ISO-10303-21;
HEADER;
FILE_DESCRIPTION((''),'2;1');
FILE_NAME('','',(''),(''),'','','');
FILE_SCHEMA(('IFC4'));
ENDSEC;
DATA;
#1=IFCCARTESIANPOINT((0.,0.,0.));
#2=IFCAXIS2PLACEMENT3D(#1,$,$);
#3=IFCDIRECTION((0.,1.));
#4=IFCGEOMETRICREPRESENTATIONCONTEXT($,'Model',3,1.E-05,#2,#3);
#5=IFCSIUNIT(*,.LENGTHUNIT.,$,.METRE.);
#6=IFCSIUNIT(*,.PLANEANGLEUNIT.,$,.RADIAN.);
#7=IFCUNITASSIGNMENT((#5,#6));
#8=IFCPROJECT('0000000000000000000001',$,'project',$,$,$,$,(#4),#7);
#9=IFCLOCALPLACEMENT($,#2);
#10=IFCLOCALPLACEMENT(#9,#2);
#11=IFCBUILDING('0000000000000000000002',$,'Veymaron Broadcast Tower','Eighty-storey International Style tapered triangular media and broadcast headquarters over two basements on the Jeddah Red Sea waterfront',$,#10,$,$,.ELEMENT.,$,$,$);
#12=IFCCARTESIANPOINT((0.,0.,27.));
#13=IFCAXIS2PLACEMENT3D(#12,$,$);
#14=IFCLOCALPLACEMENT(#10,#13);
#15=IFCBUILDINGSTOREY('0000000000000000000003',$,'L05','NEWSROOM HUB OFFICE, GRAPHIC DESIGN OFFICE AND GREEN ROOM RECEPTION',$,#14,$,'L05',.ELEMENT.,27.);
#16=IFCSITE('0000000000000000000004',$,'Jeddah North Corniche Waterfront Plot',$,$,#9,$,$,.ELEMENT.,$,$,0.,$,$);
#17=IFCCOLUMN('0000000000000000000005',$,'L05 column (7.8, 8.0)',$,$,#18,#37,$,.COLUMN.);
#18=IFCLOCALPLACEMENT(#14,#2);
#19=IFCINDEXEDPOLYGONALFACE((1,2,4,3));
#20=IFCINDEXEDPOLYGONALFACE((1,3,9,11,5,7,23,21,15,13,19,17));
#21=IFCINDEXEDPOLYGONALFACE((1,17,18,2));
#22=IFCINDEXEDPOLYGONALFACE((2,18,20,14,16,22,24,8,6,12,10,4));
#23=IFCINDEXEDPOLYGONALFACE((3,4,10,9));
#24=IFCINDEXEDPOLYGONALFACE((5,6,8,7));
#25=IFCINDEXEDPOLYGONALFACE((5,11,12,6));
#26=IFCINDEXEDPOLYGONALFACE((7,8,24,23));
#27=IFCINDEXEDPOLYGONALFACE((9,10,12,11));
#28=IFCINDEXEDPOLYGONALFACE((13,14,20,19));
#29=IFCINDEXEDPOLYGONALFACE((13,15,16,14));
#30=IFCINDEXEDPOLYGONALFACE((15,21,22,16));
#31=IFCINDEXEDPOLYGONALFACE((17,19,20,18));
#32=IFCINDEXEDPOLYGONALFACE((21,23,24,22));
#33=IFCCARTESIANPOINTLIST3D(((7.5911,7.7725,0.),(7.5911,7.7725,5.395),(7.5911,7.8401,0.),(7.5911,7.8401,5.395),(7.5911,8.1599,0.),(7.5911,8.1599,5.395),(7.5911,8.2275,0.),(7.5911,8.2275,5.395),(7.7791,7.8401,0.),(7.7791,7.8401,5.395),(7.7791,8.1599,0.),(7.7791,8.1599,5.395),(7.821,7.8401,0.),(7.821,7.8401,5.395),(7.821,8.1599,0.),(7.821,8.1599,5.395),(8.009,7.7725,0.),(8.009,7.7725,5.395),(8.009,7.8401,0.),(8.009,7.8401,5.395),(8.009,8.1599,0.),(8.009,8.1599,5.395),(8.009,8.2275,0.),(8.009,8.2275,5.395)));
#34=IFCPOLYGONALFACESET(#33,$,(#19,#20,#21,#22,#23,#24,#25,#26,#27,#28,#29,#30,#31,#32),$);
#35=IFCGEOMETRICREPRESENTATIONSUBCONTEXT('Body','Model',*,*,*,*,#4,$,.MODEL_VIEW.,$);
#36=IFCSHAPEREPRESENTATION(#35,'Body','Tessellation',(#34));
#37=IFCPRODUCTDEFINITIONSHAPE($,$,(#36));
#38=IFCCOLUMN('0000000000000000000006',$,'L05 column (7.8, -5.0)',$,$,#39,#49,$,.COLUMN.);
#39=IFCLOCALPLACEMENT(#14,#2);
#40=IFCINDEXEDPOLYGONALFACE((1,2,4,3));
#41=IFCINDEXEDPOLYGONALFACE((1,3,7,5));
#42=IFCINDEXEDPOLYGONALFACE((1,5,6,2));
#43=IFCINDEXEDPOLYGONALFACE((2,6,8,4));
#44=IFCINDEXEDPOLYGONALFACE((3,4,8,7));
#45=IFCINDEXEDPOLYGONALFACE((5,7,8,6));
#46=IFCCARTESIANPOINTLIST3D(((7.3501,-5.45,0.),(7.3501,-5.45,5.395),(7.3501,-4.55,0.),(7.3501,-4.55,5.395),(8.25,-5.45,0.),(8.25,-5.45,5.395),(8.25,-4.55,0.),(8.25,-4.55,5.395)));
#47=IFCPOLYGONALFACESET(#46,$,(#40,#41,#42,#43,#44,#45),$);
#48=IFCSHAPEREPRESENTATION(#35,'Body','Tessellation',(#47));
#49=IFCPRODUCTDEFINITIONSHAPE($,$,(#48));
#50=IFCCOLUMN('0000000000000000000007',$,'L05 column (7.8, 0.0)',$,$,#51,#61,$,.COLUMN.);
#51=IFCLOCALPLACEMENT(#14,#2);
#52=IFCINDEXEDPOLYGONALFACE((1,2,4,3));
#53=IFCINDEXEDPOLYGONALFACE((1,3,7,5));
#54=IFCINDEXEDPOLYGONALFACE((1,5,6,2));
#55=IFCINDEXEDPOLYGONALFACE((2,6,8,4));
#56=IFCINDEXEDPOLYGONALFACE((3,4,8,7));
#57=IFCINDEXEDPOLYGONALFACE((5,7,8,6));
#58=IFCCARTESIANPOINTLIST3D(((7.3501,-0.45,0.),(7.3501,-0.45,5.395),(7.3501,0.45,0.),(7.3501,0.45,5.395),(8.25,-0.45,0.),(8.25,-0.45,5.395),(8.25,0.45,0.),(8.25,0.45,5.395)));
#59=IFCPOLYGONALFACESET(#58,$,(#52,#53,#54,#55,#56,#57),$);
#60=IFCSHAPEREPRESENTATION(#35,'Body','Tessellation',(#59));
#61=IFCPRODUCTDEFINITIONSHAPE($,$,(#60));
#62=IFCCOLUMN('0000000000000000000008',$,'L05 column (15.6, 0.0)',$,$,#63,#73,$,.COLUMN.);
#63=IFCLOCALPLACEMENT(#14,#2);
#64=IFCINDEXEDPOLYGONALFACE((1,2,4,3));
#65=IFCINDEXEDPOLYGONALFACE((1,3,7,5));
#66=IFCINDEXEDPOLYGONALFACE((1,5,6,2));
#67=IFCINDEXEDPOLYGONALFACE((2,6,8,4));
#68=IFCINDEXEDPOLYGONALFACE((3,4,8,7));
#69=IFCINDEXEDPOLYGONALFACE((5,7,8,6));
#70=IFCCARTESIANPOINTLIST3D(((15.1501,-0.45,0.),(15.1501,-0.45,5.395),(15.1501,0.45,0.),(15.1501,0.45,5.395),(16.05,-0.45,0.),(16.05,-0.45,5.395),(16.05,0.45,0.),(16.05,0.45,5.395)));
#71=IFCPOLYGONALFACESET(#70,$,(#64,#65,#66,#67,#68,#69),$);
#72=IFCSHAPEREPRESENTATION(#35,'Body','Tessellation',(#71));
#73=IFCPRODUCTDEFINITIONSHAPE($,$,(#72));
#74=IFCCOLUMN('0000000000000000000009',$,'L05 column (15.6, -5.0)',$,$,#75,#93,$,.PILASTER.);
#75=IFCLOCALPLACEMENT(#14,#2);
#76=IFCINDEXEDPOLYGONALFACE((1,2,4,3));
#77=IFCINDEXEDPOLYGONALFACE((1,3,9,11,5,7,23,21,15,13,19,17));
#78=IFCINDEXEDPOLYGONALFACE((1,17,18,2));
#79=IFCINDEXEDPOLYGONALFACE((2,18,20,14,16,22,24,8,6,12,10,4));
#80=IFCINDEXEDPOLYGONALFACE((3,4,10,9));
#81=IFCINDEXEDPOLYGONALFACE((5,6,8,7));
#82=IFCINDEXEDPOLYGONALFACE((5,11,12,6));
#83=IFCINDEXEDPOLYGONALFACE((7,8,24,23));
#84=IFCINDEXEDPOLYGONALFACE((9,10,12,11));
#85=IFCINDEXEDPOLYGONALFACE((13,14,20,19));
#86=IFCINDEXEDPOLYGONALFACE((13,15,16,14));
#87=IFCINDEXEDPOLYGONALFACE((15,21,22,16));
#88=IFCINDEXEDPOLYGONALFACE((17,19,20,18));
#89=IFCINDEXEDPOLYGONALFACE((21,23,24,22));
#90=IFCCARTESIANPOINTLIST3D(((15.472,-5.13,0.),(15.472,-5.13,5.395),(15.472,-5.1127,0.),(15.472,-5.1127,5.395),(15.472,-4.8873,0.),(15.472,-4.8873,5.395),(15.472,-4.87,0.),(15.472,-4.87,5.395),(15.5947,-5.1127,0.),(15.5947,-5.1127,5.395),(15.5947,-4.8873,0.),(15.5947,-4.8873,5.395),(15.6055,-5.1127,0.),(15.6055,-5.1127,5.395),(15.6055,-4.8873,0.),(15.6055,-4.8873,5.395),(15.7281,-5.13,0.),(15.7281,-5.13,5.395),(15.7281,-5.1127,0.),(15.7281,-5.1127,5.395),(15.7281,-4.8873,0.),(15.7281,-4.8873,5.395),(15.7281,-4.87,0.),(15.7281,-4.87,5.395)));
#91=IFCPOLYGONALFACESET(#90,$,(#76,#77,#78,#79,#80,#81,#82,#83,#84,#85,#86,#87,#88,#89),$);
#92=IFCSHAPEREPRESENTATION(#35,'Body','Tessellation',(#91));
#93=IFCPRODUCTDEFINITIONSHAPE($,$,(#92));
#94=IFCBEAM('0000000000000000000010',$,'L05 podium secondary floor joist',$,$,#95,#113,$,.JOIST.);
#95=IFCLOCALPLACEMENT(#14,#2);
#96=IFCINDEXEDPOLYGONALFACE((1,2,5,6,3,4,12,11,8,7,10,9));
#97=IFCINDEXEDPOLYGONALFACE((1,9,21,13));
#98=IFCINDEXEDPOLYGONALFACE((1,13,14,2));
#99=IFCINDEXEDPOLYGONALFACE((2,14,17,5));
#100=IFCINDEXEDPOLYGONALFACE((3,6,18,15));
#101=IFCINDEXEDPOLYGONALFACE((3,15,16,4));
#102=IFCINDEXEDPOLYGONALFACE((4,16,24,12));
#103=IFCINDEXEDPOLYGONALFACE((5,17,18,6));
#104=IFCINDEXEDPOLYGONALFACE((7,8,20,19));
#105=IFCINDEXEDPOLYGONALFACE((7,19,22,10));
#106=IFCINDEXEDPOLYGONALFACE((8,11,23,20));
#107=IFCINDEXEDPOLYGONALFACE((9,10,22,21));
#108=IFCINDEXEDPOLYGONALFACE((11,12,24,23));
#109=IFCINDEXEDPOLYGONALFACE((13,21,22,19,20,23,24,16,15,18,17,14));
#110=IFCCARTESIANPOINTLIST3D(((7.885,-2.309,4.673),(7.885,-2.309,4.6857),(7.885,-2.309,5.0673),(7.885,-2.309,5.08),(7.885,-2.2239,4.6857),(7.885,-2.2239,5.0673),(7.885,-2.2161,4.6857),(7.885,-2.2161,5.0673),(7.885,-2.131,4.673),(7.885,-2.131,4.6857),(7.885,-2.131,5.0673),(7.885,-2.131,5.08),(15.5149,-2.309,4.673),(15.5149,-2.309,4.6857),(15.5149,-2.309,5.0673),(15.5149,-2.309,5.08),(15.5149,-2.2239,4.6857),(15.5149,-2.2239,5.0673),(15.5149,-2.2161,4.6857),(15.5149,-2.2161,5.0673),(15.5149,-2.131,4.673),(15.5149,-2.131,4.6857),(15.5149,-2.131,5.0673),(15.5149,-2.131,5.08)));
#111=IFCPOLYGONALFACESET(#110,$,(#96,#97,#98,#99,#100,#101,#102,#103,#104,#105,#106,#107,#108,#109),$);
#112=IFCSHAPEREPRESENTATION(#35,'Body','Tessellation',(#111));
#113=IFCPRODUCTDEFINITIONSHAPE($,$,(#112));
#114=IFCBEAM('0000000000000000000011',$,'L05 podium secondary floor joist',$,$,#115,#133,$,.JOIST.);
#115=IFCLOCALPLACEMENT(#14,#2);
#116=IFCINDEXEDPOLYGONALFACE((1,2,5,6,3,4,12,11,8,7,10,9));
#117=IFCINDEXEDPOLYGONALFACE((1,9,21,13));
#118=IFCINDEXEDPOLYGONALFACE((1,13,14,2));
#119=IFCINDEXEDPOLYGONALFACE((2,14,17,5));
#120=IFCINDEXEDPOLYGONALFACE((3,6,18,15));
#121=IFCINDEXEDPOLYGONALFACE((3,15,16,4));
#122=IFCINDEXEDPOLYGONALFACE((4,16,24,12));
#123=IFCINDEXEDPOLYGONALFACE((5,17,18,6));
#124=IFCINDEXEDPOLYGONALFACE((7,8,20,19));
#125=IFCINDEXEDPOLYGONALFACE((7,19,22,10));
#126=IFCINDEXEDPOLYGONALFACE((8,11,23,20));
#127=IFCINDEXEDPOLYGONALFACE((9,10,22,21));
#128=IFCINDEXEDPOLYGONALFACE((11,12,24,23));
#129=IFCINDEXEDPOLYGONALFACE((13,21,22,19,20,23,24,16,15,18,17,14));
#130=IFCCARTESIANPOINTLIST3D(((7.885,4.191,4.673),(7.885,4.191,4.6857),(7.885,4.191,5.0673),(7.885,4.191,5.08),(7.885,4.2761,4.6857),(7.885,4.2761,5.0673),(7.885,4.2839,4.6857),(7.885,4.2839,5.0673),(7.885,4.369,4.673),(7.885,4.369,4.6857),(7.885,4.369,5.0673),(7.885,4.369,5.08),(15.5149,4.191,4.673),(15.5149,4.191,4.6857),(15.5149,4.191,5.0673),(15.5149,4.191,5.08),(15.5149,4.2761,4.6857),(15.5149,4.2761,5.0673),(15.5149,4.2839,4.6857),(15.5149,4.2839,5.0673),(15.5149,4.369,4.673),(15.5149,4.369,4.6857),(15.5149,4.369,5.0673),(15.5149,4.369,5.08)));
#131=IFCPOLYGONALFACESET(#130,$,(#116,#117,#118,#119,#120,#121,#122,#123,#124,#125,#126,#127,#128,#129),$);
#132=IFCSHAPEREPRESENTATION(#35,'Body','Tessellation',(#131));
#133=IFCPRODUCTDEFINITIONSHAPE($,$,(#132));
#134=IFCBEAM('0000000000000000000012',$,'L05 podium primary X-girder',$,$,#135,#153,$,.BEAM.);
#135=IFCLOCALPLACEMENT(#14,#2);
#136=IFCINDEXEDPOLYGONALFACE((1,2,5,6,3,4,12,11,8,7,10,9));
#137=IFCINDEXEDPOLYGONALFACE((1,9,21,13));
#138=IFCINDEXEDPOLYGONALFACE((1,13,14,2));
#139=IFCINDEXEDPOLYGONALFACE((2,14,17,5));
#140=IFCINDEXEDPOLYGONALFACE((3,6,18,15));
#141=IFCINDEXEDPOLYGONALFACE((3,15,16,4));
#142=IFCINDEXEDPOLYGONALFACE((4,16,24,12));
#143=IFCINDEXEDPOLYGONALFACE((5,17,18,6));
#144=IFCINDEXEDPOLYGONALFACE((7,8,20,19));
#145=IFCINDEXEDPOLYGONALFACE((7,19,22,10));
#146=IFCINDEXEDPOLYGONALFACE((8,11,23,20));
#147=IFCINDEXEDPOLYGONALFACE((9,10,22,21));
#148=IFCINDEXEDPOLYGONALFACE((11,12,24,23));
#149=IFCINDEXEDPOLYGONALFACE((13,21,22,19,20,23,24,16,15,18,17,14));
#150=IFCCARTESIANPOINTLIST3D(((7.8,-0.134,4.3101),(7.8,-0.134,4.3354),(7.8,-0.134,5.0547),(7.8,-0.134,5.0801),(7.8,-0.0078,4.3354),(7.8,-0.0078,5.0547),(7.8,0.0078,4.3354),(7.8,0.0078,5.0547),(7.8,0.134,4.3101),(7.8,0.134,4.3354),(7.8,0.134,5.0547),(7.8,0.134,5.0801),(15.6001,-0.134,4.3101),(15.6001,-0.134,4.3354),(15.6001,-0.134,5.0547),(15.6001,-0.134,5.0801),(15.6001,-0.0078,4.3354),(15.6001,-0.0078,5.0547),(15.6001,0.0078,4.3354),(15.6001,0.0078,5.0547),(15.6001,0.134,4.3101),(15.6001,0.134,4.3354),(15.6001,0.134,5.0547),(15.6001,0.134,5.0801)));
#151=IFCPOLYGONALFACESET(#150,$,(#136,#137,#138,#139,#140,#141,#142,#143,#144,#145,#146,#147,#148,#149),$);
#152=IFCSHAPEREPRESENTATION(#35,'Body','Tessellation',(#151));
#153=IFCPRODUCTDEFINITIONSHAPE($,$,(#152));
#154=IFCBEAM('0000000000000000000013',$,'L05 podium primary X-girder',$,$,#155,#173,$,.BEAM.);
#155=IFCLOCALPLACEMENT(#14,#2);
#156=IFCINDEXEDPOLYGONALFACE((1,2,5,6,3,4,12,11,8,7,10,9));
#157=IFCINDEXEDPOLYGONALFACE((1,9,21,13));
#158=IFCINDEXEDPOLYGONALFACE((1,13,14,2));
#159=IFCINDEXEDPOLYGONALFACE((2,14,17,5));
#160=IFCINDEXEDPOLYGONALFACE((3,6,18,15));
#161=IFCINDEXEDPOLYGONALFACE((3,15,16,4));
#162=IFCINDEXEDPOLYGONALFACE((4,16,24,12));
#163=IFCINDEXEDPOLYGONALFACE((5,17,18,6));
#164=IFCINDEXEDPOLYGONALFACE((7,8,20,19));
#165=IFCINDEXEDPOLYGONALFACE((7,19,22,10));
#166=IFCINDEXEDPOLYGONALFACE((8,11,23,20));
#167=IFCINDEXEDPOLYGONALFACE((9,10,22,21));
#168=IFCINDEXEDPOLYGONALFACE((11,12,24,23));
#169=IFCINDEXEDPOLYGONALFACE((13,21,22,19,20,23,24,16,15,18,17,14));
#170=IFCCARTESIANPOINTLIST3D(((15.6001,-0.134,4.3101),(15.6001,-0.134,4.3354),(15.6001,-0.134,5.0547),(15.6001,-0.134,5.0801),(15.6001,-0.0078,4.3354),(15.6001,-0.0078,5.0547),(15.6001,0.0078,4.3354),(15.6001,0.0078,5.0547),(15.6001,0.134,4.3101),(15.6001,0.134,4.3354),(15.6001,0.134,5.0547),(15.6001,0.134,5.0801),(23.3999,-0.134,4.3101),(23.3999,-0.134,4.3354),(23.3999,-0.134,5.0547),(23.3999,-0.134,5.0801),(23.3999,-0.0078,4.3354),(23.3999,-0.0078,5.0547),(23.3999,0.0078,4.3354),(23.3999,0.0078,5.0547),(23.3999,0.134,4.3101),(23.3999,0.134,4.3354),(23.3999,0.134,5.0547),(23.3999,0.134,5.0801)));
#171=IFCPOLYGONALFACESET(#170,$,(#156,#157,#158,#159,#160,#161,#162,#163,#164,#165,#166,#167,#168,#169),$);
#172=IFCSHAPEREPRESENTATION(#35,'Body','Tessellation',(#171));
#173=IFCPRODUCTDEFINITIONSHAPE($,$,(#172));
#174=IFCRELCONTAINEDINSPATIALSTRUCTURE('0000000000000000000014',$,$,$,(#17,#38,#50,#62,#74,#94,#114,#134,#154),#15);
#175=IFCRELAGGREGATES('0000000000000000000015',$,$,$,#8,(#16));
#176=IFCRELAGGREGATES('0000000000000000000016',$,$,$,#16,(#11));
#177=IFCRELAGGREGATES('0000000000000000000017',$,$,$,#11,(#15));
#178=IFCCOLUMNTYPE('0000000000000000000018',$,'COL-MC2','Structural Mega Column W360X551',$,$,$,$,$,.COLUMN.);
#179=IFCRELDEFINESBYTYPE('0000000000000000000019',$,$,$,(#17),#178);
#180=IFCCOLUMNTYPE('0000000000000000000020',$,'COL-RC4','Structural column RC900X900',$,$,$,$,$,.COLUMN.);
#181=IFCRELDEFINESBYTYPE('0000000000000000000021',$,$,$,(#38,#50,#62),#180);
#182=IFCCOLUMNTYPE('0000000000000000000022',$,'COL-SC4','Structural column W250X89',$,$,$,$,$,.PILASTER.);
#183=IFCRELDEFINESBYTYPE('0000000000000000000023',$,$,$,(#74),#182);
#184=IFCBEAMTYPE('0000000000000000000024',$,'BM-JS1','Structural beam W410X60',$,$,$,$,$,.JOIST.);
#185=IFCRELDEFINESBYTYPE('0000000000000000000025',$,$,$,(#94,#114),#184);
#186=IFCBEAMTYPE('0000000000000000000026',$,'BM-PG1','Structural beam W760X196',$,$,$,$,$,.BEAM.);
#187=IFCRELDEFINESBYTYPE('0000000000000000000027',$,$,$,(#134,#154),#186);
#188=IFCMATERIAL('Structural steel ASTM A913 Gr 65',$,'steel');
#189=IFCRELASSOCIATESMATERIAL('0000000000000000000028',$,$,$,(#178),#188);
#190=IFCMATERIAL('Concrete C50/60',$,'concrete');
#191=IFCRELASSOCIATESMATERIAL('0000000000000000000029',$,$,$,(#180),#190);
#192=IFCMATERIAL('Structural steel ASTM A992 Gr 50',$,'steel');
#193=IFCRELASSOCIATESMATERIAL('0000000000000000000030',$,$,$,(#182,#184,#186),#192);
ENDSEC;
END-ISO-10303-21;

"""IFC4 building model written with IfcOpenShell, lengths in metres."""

from ifc_helpers import new_model, si_unit, direction, frame, origin, origin_2d, place, context, subcontext, project, spatial, rectangle, i_section, extrude, material, material_profile, profile_set, type_object, element, save


model = new_model("IFC4")

# Units and contexts
model_context = context("Model", 3, precision=1e-05, world=origin(), true_north=direction((0.0, 1.0)))
body_context = subcontext(model_context, "Body", "Model", "MODEL_VIEW")
ifc_project = project(units=[si_unit("LENGTHUNIT", "METRE"), si_unit("PLANEANGLEUNIT", "RADIAN")], contexts=[model_context])

# Site, building, storey
site_placement = place(None, origin())
site = spatial("IfcSite", under=ifc_project, at=site_placement, Name="Jeddah North Corniche Waterfront Plot", CompositionType="ELEMENT", RefElevation=0.0)
building_placement = place(site_placement, origin())
building = spatial("IfcBuilding", under=site, at=building_placement, Name="Veymaron Broadcast Tower", Description="Eighty-storey International Style tapered triangular media and broadcast headquarters over two basements on the Jeddah Red Sea waterfront", CompositionType="ELEMENT")
storey_placement = place(building_placement, frame((0.0, 0.0, 27.0)))
storey = spatial("IfcBuildingStorey", under=building, at=storey_placement, Name="L05", Description="NEWSROOM HUB OFFICE, GRAPHIC DESIGN OFFICE AND GREEN ROOM RECEPTION", LongName="L05", CompositionType="ELEMENT", Elevation=27.0)

# Columns
ifc_material_1 = material(Name="Structural steel ASTM A913 Gr 65", Category="steel")
ifc_material_profile_1 = material_profile(ifc_material_1, i_section(OverallWidth=0.418, OverallDepth=0.4551, WebThickness=0.042, FlangeThickness=0.0676, at=origin_2d()), Name="W360X551")
ifc_profile_set_1 = profile_set([ifc_material_profile_1], Name="Structural steel ASTM A913 Gr 65")
column_type_1 = type_object("IfcColumnType", Name="COL-MC2", Description="Structural Mega Column W360X551", PredefinedType="COLUMN", material=ifc_profile_set_1)
column_1_placement = place(storey_placement, frame((7.8, 8.0, 0.0), z_axis=(0.0, 0.0, 1.0), x_axis=(1.0, 0.0, 0.0)))
element("IfcColumn", 1, at=column_1_placement, inside=storey, type_object=column_type_1, Name="L05 column (7.8, 8.0)", PredefinedType="COLUMN", context=body_context, shape_type="SweptSolid", body=[
    extrude(i_section(OverallWidth=0.418, OverallDepth=0.4551, WebThickness=0.042, FlangeThickness=0.0676, at=origin_2d()), origin(), (0.0, 0.0, 1.0), 5.395),
])
ifc_material_2 = material(Name="Concrete C50/60", Category="concrete")
ifc_material_profile_2 = material_profile(ifc_material_2, rectangle(XDim=0.8999, YDim=0.8999, at=origin_2d()), Name="RC900X900")
ifc_profile_set_2 = profile_set([ifc_material_profile_2], Name="Concrete C50/60")
column_type_2 = type_object("IfcColumnType", Name="COL-RC4", Description="Structural column RC900X900", PredefinedType="COLUMN", material=ifc_profile_set_2)
for number, where, z_axis, x_axis, name in (
    (2, (7.8, -5.0, 0.0), (0.0, 0.0, 1.0), (1.0, 0.0, 0.0), "L05 column (7.8, -5.0)"),
    (3, (7.8, 0.0, 0.0), (0.0, 0.0, 1.0), (1.0, 0.0, 0.0), "L05 column (7.8, 0.0)"),
    (4, (15.6001, 0.0, 0.0), (0.0, 0.0, 1.0), (1.0, 0.0, 0.0), "L05 column (15.6, 0.0)"),
):
    element("IfcColumn", number, at=place(storey_placement, frame(where, z_axis=z_axis, x_axis=x_axis)), inside=storey, type_object=column_type_2, Name=name, PredefinedType="COLUMN", context=body_context, shape_type="SweptSolid", body=[
        extrude(rectangle(XDim=0.8999, YDim=0.8999, at=origin_2d()), origin(), (0.0, 0.0, 1.0), 5.395),
    ])
ifc_material_3 = material(Name="Structural steel ASTM A992 Gr 50", Category="steel")
ifc_material_profile_3 = material_profile(ifc_material_3, i_section(OverallWidth=0.2561, OverallDepth=0.26, WebThickness=0.0107, FlangeThickness=0.0173, at=origin_2d()), Name="W250X89")
ifc_profile_set_3 = profile_set([ifc_material_profile_3], Name="Structural steel ASTM A992 Gr 50")
column_type_3 = type_object("IfcColumnType", Name="COL-SC4", Description="Structural column W250X89", PredefinedType="PILASTER", material=ifc_profile_set_3)
column_2_placement = place(storey_placement, frame((15.6001, -5.0, 0.0), z_axis=(0.0, 0.0, 1.0), x_axis=(1.0, 0.0, 0.0)))
element("IfcColumn", 5, at=column_2_placement, inside=storey, type_object=column_type_3, Name="L05 column (15.6, -5.0)", PredefinedType="PILASTER", context=body_context, shape_type="SweptSolid", body=[
    extrude(i_section(OverallWidth=0.2561, OverallDepth=0.26, WebThickness=0.0107, FlangeThickness=0.0173, at=origin_2d()), origin(), (0.0, 0.0, 1.0), 5.395),
])

# Beams
ifc_material_profile_4 = material_profile(ifc_material_3, i_section(OverallWidth=0.178, OverallDepth=0.407, WebThickness=0.0078, FlangeThickness=0.0127, at=origin_2d()), Name="W410X60")
ifc_profile_set_4 = profile_set([ifc_material_profile_4], Name="Structural steel ASTM A992 Gr 50")
beam_type_1 = type_object("IfcBeamType", Name="BM-JS1", Description="Structural beam W410X60", PredefinedType="JOIST", material=ifc_profile_set_4)
for number, where, z_axis, x_axis, name in (
    (6, (7.885, -2.22, 4.8765), (1.0, 0.0, 0.0), (0.0, 1.0, 0.0), "L05 podium secondary floor joist"),
    (7, (7.885, 4.28, 4.8765), (1.0, 0.0, 0.0), (0.0, 1.0, 0.0), "L05 podium secondary floor joist"),
):
    element("IfcBeam", number, at=place(storey_placement, frame(where, z_axis=z_axis, x_axis=x_axis)), inside=storey, type_object=beam_type_1, Name=name, PredefinedType="JOIST", context=body_context, shape_type="SweptSolid", body=[
        extrude(i_section(OverallWidth=0.178, OverallDepth=0.407, WebThickness=0.0078, FlangeThickness=0.0127, at=origin_2d()), origin(), (0.0, 0.0, 1.0), 7.6299),
    ])
ifc_material_profile_5 = material_profile(ifc_material_3, i_section(OverallWidth=0.2681, OverallDepth=0.77, WebThickness=0.0156, FlangeThickness=0.0254, at=origin_2d()), Name="W760X196")
ifc_profile_set_5 = profile_set([ifc_material_profile_5], Name="Structural steel ASTM A992 Gr 50")
beam_type_2 = type_object("IfcBeamType", Name="BM-PG1", Description="Structural beam W760X196", PredefinedType="BEAM", material=ifc_profile_set_5)
beam_1_placement = place(storey_placement, frame((7.8, 0.0, 4.6951), z_axis=(1.0, 0.0, 0.0), x_axis=(0.0, 1.0, 0.0)))
element("IfcBeam", 8, at=beam_1_placement, inside=storey, type_object=beam_type_2, Name="L05 podium primary X-girder", PredefinedType="BEAM", context=body_context, shape_type="SweptSolid", body=[
    extrude(i_section(OverallWidth=0.2681, OverallDepth=0.77, WebThickness=0.0156, FlangeThickness=0.0254, at=origin_2d()), origin(), (0.0, 0.0, 1.0), 7.8),
])
beam_2_placement = place(storey_placement, frame((15.6001, 0.0, 4.6951), z_axis=(1.0, 0.0, 0.0), x_axis=(0.0, 1.0, 0.0)))
element("IfcBeam", 9, at=beam_2_placement, inside=storey, type_object=beam_type_2, Name="L05 podium primary X-girder", PredefinedType="BEAM", context=body_context, shape_type="SweptSolid", body=[
    extrude(i_section(OverallWidth=0.2681, OverallDepth=0.77, WebThickness=0.0156, FlangeThickness=0.0254, at=origin_2d()), origin(), (0.0, 0.0, 1.0), 7.7998),
])

save(model, "model.ifc")
